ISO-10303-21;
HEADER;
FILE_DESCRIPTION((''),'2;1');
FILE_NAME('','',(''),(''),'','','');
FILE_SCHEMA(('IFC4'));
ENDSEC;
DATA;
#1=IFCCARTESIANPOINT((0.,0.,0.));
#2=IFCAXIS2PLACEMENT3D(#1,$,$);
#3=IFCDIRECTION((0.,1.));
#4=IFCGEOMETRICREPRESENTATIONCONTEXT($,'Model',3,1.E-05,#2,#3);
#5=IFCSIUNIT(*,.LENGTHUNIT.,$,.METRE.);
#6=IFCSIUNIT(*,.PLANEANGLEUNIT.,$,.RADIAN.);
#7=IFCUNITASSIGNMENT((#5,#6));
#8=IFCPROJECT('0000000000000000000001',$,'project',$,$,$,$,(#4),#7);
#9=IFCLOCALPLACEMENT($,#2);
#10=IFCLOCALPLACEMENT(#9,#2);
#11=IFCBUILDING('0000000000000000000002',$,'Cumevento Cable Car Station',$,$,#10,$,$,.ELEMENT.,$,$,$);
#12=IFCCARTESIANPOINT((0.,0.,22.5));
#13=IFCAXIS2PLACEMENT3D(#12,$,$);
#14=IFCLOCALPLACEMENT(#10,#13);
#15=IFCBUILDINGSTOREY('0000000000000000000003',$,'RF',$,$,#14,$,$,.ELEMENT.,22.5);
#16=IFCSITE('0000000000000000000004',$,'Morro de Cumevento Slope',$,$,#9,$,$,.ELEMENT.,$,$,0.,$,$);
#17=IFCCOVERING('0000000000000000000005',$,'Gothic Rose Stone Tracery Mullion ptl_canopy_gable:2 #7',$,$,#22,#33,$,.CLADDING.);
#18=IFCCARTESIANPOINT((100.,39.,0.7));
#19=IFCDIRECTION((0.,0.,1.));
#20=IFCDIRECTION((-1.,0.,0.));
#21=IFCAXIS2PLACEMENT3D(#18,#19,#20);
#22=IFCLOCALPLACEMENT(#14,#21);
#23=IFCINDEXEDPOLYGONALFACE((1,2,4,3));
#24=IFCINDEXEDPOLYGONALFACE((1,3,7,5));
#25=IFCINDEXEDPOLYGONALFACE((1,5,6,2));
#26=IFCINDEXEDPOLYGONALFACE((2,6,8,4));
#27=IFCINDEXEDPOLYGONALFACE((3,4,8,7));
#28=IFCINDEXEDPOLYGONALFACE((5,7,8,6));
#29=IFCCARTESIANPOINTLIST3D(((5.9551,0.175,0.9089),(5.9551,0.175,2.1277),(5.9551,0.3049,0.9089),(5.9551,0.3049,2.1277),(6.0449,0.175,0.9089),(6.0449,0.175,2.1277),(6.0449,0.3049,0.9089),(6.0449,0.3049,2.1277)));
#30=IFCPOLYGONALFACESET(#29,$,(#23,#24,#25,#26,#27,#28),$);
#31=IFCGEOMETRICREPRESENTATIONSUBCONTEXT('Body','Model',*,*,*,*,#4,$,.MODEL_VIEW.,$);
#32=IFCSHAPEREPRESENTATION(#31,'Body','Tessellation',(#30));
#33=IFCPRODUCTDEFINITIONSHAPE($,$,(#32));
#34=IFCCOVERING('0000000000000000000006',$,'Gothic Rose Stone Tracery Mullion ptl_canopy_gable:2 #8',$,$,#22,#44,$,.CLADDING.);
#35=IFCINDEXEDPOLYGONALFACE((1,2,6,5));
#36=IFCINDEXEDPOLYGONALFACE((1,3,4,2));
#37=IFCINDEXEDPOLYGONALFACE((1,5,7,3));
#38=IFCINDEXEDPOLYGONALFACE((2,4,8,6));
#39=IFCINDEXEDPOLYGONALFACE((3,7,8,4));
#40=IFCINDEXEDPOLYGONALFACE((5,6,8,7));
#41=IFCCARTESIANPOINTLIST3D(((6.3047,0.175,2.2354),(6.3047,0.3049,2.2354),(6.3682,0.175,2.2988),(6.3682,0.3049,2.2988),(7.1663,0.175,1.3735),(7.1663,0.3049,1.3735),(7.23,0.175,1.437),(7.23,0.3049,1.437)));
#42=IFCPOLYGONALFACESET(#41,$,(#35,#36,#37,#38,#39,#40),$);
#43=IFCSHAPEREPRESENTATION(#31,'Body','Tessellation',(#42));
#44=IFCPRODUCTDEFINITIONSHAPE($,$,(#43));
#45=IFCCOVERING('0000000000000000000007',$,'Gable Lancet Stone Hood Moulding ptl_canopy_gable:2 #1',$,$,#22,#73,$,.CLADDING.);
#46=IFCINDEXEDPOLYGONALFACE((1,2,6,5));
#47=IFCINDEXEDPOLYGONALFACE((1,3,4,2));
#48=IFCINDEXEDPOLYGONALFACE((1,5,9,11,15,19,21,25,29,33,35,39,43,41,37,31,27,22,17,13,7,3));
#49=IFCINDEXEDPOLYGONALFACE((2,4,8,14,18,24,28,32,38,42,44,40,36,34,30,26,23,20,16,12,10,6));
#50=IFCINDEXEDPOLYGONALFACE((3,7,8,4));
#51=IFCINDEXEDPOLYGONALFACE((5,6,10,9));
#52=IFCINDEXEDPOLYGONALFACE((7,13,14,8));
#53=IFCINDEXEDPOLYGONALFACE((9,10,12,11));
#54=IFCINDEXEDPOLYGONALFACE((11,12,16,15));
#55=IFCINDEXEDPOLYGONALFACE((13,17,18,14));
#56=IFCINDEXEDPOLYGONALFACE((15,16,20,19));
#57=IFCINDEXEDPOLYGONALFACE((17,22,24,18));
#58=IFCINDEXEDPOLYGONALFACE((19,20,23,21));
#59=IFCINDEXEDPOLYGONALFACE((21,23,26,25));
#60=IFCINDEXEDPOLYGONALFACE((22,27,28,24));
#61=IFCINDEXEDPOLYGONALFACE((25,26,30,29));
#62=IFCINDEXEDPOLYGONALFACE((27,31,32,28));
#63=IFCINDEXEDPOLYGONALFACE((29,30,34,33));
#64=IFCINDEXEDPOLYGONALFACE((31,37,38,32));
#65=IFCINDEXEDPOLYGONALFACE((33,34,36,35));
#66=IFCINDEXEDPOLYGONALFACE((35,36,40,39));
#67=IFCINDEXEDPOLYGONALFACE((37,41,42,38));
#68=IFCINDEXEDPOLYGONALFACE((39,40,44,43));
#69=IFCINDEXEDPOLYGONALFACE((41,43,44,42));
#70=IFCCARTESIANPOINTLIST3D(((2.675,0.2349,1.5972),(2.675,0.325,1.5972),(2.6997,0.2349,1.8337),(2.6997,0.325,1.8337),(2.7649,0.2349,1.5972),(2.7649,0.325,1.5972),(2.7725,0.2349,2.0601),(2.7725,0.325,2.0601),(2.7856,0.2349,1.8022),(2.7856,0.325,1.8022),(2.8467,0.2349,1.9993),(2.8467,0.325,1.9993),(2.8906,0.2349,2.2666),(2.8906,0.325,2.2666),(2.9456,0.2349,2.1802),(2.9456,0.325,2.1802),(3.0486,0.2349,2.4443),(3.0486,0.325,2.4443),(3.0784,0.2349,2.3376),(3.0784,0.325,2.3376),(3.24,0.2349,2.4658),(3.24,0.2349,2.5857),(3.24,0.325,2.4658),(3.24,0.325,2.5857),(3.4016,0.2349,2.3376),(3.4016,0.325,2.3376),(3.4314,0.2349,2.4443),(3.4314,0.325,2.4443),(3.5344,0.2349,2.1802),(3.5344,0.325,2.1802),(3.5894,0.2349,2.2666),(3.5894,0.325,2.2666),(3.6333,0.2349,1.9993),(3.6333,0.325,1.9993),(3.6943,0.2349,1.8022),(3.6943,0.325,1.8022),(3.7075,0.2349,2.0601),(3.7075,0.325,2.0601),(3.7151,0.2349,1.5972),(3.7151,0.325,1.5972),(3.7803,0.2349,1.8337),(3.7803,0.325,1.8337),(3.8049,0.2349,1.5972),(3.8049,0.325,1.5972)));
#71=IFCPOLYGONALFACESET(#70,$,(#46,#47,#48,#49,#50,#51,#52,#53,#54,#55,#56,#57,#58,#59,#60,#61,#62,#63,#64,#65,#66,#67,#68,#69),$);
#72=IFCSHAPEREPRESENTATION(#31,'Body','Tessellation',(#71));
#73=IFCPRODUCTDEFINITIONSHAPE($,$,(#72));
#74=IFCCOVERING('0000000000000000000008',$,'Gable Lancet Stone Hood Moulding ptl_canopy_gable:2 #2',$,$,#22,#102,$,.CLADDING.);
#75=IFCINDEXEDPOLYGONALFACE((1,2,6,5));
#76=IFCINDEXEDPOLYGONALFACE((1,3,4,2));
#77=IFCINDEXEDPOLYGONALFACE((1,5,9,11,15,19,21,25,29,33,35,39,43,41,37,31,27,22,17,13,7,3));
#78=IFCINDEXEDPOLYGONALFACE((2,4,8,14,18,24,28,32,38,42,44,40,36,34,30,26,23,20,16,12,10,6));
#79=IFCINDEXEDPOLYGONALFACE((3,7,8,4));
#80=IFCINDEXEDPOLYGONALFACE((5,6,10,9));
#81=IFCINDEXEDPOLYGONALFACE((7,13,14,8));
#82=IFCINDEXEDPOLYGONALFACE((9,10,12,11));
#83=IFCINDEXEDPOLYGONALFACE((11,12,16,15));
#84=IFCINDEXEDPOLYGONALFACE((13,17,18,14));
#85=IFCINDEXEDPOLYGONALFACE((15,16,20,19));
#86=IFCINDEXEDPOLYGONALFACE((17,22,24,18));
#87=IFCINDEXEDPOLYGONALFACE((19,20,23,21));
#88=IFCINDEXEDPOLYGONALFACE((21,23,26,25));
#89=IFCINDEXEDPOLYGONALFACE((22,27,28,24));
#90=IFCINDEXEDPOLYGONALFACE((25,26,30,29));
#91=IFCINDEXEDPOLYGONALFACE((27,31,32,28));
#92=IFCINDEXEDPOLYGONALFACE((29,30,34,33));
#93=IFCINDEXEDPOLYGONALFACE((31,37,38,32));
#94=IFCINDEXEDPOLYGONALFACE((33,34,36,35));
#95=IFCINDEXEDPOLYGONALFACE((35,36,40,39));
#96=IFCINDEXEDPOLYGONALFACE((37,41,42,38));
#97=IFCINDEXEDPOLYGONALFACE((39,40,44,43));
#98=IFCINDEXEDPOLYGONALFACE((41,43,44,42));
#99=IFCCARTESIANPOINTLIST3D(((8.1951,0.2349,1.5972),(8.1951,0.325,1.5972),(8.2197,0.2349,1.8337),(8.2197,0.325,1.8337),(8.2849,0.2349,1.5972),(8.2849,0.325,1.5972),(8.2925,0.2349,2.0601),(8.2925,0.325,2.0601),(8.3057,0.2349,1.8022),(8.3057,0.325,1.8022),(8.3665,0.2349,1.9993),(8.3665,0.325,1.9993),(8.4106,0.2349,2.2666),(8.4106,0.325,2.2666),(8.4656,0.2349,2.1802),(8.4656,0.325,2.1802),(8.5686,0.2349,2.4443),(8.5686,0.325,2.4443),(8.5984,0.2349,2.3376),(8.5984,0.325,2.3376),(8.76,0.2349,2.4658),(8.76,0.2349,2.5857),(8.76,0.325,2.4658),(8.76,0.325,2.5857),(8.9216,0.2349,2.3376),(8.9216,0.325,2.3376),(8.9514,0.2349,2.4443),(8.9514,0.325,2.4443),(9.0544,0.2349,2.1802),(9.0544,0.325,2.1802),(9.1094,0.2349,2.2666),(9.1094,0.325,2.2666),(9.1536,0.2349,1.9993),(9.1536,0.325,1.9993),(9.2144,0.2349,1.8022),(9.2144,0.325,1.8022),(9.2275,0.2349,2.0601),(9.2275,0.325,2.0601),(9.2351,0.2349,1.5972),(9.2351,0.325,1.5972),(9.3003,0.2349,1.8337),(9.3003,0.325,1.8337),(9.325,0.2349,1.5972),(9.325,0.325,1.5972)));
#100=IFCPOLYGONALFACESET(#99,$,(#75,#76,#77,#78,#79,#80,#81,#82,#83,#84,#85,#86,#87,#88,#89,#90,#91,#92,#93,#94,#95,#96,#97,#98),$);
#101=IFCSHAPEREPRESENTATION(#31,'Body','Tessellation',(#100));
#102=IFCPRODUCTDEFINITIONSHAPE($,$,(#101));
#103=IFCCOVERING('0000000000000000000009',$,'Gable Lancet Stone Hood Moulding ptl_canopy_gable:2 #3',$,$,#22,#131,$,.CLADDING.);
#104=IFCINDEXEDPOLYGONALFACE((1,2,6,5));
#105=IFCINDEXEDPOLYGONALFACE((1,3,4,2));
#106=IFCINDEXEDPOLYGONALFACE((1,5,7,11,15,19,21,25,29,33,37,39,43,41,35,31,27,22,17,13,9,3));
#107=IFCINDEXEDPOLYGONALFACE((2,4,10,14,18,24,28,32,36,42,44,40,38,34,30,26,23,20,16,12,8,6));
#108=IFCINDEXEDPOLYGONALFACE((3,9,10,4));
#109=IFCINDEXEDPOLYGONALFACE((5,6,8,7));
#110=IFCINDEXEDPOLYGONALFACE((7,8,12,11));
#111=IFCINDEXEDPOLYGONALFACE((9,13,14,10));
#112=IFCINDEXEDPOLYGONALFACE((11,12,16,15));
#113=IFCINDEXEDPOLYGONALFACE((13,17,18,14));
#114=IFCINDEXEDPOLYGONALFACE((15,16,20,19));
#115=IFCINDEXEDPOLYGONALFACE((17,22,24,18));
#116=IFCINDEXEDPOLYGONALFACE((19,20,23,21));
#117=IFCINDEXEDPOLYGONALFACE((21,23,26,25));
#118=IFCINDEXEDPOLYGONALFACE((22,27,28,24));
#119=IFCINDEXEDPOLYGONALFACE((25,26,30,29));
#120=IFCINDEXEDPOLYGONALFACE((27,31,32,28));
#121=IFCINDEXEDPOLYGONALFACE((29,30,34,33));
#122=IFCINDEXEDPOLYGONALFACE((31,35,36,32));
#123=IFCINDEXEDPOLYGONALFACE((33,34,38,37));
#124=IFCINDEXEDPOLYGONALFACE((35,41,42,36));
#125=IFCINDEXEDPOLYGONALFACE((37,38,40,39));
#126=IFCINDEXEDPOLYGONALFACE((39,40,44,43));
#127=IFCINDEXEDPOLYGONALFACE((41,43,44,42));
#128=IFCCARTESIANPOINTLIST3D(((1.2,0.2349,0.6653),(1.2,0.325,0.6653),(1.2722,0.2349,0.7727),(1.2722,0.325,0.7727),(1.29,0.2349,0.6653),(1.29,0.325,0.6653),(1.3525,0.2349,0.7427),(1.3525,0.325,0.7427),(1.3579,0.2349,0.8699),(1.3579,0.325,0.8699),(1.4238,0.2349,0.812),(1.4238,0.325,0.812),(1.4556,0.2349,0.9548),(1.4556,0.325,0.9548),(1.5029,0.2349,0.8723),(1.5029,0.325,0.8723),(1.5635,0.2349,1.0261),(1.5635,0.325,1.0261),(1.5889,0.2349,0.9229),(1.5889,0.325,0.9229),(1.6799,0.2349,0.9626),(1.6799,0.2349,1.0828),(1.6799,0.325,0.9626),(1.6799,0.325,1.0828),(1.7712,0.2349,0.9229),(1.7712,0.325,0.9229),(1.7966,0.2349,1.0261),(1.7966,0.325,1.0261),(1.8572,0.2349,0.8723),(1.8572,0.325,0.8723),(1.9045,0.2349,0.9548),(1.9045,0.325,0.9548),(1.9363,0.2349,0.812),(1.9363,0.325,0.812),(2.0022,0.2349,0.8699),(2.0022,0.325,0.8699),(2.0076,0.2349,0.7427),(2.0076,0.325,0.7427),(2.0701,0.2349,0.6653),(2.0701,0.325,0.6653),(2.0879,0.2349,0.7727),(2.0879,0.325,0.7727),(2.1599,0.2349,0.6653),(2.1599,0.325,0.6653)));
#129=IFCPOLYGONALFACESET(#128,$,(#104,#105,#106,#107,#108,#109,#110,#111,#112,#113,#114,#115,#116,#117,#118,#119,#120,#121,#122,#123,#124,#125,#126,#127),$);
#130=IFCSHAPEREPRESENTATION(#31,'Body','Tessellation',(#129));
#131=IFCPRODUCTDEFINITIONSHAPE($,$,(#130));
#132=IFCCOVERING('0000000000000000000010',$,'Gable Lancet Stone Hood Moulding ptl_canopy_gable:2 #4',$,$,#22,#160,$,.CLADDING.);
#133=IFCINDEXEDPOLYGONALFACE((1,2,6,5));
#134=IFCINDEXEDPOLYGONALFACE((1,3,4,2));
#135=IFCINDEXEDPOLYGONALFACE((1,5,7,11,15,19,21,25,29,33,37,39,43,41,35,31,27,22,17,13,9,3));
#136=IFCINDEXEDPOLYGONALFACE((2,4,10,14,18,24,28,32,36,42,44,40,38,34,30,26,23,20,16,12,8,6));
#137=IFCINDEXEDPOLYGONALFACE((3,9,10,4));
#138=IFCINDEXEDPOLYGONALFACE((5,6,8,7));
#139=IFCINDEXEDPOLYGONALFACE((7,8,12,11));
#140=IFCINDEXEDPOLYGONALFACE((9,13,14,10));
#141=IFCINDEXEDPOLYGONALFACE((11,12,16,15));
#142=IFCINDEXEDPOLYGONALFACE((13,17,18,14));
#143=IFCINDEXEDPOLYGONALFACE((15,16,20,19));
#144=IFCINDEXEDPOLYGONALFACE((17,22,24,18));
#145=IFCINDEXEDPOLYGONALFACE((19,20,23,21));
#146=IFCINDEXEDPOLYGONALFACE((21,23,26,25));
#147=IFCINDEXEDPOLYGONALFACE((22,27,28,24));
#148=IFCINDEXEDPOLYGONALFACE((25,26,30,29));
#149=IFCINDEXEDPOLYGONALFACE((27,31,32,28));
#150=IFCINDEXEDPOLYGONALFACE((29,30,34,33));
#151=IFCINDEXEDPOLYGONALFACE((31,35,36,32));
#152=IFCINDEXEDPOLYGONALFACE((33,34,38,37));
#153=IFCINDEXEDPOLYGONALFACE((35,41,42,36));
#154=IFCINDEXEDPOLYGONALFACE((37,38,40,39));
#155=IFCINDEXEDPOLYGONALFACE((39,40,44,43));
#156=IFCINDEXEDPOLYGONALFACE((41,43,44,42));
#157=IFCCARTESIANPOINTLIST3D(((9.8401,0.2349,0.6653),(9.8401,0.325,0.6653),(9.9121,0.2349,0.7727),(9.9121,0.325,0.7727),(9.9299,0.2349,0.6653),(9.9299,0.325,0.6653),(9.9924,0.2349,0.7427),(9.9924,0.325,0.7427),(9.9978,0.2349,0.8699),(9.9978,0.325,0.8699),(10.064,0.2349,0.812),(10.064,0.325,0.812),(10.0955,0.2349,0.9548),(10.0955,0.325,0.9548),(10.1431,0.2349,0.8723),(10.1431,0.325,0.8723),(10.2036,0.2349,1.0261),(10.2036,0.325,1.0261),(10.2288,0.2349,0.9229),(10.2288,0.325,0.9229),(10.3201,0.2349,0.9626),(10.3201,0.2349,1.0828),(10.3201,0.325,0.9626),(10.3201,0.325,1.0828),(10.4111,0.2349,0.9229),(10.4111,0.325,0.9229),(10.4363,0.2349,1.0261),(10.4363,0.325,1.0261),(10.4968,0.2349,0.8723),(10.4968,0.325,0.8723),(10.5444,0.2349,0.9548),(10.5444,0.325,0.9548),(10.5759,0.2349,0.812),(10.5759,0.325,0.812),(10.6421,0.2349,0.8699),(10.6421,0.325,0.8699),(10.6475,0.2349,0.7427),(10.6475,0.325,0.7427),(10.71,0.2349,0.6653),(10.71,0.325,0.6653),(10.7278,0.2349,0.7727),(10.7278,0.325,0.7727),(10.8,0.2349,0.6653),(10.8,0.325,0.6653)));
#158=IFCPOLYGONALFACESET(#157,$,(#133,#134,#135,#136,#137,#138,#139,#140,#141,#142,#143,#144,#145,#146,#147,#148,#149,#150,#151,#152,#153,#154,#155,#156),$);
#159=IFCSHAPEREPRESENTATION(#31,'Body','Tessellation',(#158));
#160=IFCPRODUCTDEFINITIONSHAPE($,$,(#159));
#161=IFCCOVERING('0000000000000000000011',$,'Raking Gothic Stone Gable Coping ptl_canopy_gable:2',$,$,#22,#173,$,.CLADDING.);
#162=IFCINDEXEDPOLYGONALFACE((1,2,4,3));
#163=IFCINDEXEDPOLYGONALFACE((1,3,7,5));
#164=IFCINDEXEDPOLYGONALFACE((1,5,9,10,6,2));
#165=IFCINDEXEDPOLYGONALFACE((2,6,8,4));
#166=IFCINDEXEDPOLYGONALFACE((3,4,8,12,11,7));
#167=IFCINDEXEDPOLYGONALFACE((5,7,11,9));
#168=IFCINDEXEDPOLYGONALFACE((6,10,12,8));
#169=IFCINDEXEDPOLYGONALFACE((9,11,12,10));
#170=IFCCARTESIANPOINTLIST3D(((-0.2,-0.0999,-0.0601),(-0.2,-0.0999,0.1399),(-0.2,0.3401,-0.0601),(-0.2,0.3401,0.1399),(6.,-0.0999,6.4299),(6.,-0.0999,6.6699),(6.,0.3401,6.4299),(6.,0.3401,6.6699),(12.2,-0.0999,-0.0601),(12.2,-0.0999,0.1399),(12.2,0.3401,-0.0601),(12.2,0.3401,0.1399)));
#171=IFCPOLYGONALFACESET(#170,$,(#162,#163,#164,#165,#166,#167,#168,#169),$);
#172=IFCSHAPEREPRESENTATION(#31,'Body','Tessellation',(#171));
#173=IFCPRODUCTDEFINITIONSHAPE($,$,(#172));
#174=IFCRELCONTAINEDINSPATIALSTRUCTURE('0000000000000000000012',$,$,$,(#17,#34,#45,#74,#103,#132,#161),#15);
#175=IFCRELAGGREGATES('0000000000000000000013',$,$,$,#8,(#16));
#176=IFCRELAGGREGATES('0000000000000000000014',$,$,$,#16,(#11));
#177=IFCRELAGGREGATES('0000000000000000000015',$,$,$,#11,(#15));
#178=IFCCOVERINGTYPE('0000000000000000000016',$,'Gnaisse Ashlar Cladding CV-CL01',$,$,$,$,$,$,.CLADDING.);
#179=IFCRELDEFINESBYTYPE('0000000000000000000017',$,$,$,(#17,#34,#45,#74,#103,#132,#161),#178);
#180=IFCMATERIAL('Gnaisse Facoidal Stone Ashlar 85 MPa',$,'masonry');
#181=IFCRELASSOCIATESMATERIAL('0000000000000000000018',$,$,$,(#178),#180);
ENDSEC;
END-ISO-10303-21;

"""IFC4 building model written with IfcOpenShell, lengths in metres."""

from ifc_helpers import new_model, si_unit, direction, frame, origin, place, context, subcontext, project, spatial, polyline, outline, extrude, material, type_object, element, save


model = new_model("IFC4")

# Units and contexts
model_context = context("Model", 3, precision=1e-05, world=origin(), true_north=direction((0.0, 1.0)))
body_context = subcontext(model_context, "Body", "Model", "MODEL_VIEW")
ifc_project = project(units=[si_unit("LENGTHUNIT", "METRE"), si_unit("PLANEANGLEUNIT", "RADIAN")], contexts=[model_context])

# Site, building, storey
site_placement = place(None, origin())
site = spatial("IfcSite", under=ifc_project, at=site_placement, Name="Morro de Cumevento Slope", CompositionType="ELEMENT", RefElevation=0.0)
building_placement = place(site_placement, origin())
building = spatial("IfcBuilding", under=site, at=building_placement, Name="Cumevento Cable Car Station", CompositionType="ELEMENT")
storey_placement = place(building_placement, frame((0.0, 0.0, 22.5)))
storey = spatial("IfcBuildingStorey", under=building, at=storey_placement, Name="RF", CompositionType="ELEMENT", Elevation=22.5)

# Coverings
ifc_material_1 = material(Name="Gnaisse Facoidal Stone Ashlar 85 MPa", Category="masonry")
covering_type_1 = type_object("IfcCoveringType", Name="Gnaisse Ashlar Cladding CV-CL01", PredefinedType="CLADDING", material=ifc_material_1)
placement = place(storey_placement, frame((100.0, 39.0, 0.7), z_axis=(0.0, 0.0, 1.0), x_axis=(-1.0, 0.0, 0.0)))
element("IfcCovering", 1, at=placement, inside=storey, type_object=covering_type_1, Name="Gothic Rose Stone Tracery Mullion ptl_canopy_gable:2 #7", PredefinedType="CLADDING", context=body_context, shape_type="SweptSolid", body=[
    extrude(outline(polyline([(6.0449, 2.1277), (6.0449, 0.9089), (5.9551, 0.9089), (5.9551, 2.1277), (6.0449, 2.1277)])), frame((0.0, 0.3049, 0.0), z_axis=(0.0, -1.0, 0.0), x_axis=(1.0, 0.0, 0.0)), (0.0, 0.0, 1.0), 0.1299),
])
element("IfcCovering", 2, at=placement, inside=storey, type_object=covering_type_1, Name="Gothic Rose Stone Tracery Mullion ptl_canopy_gable:2 #8", PredefinedType="CLADDING", context=body_context, shape_type="SweptSolid", body=[
    extrude(outline(polyline([(6.3682, 2.2988), (7.23, 1.437), (7.1663, 1.3735), (6.3047, 2.2354), (6.3682, 2.2988)])), frame((0.0, 0.3049, 0.0), z_axis=(0.0, -1.0, 0.0), x_axis=(1.0, 0.0, 0.0)), (0.0, 0.0, 1.0), 0.1299),
])
element("IfcCovering", 3, at=placement, inside=storey, type_object=covering_type_1, Name="Gable Lancet Stone Hood Moulding ptl_canopy_gable:2 #1", PredefinedType="CLADDING", context=body_context, shape_type="SweptSolid", body=[
    extrude(outline(polyline([(2.7649, 1.5972), (2.7856, 1.8022), (2.8467, 1.9993), (2.9456, 2.1802), (3.0784, 2.3376), (3.24, 2.4658), (3.4016, 2.3376), (3.5344, 2.1802), (3.6333, 1.9993), (3.6943, 1.8022), (3.7151, 1.5972), (3.8049, 1.5972), (3.7803, 1.8337), (3.7075, 2.0601), (3.5894, 2.2666), (3.4314, 2.4443), (3.24, 2.5857), (3.0486, 2.4443), (2.8906, 2.2666), (2.7725, 2.0601), (2.6997, 1.8337), (2.675, 1.5972), (2.7649, 1.5972)])), frame((0.0, 0.325, 0.0), z_axis=(0.0, -1.0, 0.0), x_axis=(1.0, 0.0, 0.0)), (0.0, 0.0, 1.0), 0.0901),
])
element("IfcCovering", 4, at=placement, inside=storey, type_object=covering_type_1, Name="Gable Lancet Stone Hood Moulding ptl_canopy_gable:2 #2", PredefinedType="CLADDING", context=body_context, shape_type="SweptSolid", body=[
    extrude(outline(polyline([(8.2849, 1.5972), (8.3057, 1.8022), (8.3665, 1.9993), (8.4656, 2.1802), (8.5984, 2.3376), (8.76, 2.4658), (8.9216, 2.3376), (9.0544, 2.1802), (9.1536, 1.9993), (9.2144, 1.8022), (9.2351, 1.5972), (9.325, 1.5972), (9.3003, 1.8337), (9.2275, 2.0601), (9.1094, 2.2666), (8.9514, 2.4443), (8.76, 2.5857), (8.5686, 2.4443), (8.4106, 2.2666), (8.2925, 2.0601), (8.2197, 1.8337), (8.1951, 1.5972), (8.2849, 1.5972)])), frame((0.0, 0.325, 0.0), z_axis=(0.0, -1.0, 0.0), x_axis=(1.0, 0.0, 0.0)), (0.0, 0.0, 1.0), 0.0901),
])
element("IfcCovering", 5, at=placement, inside=storey, type_object=covering_type_1, Name="Gable Lancet Stone Hood Moulding ptl_canopy_gable:2 #3", PredefinedType="CLADDING", context=body_context, shape_type="SweptSolid", body=[
    extrude(outline(polyline([(1.29, 0.6653), (1.3525, 0.7427), (1.4238, 0.812), (1.5029, 0.8723), (1.5889, 0.9229), (1.6799, 0.9626), (1.7712, 0.9229), (1.8572, 0.8723), (1.9363, 0.812), (2.0076, 0.7427), (2.0701, 0.6653), (2.1599, 0.6653), (2.0879, 0.7727), (2.0022, 0.8699), (1.9045, 0.9548), (1.7966, 1.0261), (1.6799, 1.0828), (1.5635, 1.0261), (1.4556, 0.9548), (1.3579, 0.8699), (1.2722, 0.7727), (1.2, 0.6653), (1.29, 0.6653)])), frame((0.0, 0.325, 0.0), z_axis=(0.0, -1.0, 0.0), x_axis=(1.0, 0.0, 0.0)), (0.0, 0.0, 1.0), 0.0901),
])
element("IfcCovering", 6, at=placement, inside=storey, type_object=covering_type_1, Name="Gable Lancet Stone Hood Moulding ptl_canopy_gable:2 #4", PredefinedType="CLADDING", context=body_context, shape_type="SweptSolid", body=[
    extrude(outline(polyline([(9.9299, 0.6653), (9.9924, 0.7427), (10.064, 0.812), (10.1431, 0.8723), (10.2288, 0.9229), (10.3201, 0.9626), (10.4111, 0.9229), (10.4968, 0.8723), (10.5759, 0.812), (10.6475, 0.7427), (10.71, 0.6653), (10.8, 0.6653), (10.7278, 0.7727), (10.6421, 0.8699), (10.5444, 0.9548), (10.4363, 1.0261), (10.3201, 1.0828), (10.2036, 1.0261), (10.0955, 0.9548), (9.9978, 0.8699), (9.9121, 0.7727), (9.8401, 0.6653), (9.9299, 0.6653)])), frame((0.0, 0.325, 0.0), z_axis=(0.0, -1.0, 0.0), x_axis=(1.0, 0.0, 0.0)), (0.0, 0.0, 1.0), 0.0901),
])
element("IfcCovering", 7, at=placement, inside=storey, type_object=covering_type_1, Name="Raking Gothic Stone Gable Coping ptl_canopy_gable:2", PredefinedType="CLADDING", context=body_context, shape_type="SweptSolid", body=[
    extrude(outline(polyline([(-0.2, -0.0601), (6.0, 6.4299), (12.2, -0.0601), (12.2, 0.1399), (6.0, 6.6699), (-0.2, 0.1399), (-0.2, -0.0601)])), frame((0.0, 0.3401, 0.0), z_axis=(0.0, -1.0, 0.0), x_axis=(1.0, 0.0, 0.0)), (0.0, 0.0, 1.0), 0.4399),
])

save(model, "model.ifc")
